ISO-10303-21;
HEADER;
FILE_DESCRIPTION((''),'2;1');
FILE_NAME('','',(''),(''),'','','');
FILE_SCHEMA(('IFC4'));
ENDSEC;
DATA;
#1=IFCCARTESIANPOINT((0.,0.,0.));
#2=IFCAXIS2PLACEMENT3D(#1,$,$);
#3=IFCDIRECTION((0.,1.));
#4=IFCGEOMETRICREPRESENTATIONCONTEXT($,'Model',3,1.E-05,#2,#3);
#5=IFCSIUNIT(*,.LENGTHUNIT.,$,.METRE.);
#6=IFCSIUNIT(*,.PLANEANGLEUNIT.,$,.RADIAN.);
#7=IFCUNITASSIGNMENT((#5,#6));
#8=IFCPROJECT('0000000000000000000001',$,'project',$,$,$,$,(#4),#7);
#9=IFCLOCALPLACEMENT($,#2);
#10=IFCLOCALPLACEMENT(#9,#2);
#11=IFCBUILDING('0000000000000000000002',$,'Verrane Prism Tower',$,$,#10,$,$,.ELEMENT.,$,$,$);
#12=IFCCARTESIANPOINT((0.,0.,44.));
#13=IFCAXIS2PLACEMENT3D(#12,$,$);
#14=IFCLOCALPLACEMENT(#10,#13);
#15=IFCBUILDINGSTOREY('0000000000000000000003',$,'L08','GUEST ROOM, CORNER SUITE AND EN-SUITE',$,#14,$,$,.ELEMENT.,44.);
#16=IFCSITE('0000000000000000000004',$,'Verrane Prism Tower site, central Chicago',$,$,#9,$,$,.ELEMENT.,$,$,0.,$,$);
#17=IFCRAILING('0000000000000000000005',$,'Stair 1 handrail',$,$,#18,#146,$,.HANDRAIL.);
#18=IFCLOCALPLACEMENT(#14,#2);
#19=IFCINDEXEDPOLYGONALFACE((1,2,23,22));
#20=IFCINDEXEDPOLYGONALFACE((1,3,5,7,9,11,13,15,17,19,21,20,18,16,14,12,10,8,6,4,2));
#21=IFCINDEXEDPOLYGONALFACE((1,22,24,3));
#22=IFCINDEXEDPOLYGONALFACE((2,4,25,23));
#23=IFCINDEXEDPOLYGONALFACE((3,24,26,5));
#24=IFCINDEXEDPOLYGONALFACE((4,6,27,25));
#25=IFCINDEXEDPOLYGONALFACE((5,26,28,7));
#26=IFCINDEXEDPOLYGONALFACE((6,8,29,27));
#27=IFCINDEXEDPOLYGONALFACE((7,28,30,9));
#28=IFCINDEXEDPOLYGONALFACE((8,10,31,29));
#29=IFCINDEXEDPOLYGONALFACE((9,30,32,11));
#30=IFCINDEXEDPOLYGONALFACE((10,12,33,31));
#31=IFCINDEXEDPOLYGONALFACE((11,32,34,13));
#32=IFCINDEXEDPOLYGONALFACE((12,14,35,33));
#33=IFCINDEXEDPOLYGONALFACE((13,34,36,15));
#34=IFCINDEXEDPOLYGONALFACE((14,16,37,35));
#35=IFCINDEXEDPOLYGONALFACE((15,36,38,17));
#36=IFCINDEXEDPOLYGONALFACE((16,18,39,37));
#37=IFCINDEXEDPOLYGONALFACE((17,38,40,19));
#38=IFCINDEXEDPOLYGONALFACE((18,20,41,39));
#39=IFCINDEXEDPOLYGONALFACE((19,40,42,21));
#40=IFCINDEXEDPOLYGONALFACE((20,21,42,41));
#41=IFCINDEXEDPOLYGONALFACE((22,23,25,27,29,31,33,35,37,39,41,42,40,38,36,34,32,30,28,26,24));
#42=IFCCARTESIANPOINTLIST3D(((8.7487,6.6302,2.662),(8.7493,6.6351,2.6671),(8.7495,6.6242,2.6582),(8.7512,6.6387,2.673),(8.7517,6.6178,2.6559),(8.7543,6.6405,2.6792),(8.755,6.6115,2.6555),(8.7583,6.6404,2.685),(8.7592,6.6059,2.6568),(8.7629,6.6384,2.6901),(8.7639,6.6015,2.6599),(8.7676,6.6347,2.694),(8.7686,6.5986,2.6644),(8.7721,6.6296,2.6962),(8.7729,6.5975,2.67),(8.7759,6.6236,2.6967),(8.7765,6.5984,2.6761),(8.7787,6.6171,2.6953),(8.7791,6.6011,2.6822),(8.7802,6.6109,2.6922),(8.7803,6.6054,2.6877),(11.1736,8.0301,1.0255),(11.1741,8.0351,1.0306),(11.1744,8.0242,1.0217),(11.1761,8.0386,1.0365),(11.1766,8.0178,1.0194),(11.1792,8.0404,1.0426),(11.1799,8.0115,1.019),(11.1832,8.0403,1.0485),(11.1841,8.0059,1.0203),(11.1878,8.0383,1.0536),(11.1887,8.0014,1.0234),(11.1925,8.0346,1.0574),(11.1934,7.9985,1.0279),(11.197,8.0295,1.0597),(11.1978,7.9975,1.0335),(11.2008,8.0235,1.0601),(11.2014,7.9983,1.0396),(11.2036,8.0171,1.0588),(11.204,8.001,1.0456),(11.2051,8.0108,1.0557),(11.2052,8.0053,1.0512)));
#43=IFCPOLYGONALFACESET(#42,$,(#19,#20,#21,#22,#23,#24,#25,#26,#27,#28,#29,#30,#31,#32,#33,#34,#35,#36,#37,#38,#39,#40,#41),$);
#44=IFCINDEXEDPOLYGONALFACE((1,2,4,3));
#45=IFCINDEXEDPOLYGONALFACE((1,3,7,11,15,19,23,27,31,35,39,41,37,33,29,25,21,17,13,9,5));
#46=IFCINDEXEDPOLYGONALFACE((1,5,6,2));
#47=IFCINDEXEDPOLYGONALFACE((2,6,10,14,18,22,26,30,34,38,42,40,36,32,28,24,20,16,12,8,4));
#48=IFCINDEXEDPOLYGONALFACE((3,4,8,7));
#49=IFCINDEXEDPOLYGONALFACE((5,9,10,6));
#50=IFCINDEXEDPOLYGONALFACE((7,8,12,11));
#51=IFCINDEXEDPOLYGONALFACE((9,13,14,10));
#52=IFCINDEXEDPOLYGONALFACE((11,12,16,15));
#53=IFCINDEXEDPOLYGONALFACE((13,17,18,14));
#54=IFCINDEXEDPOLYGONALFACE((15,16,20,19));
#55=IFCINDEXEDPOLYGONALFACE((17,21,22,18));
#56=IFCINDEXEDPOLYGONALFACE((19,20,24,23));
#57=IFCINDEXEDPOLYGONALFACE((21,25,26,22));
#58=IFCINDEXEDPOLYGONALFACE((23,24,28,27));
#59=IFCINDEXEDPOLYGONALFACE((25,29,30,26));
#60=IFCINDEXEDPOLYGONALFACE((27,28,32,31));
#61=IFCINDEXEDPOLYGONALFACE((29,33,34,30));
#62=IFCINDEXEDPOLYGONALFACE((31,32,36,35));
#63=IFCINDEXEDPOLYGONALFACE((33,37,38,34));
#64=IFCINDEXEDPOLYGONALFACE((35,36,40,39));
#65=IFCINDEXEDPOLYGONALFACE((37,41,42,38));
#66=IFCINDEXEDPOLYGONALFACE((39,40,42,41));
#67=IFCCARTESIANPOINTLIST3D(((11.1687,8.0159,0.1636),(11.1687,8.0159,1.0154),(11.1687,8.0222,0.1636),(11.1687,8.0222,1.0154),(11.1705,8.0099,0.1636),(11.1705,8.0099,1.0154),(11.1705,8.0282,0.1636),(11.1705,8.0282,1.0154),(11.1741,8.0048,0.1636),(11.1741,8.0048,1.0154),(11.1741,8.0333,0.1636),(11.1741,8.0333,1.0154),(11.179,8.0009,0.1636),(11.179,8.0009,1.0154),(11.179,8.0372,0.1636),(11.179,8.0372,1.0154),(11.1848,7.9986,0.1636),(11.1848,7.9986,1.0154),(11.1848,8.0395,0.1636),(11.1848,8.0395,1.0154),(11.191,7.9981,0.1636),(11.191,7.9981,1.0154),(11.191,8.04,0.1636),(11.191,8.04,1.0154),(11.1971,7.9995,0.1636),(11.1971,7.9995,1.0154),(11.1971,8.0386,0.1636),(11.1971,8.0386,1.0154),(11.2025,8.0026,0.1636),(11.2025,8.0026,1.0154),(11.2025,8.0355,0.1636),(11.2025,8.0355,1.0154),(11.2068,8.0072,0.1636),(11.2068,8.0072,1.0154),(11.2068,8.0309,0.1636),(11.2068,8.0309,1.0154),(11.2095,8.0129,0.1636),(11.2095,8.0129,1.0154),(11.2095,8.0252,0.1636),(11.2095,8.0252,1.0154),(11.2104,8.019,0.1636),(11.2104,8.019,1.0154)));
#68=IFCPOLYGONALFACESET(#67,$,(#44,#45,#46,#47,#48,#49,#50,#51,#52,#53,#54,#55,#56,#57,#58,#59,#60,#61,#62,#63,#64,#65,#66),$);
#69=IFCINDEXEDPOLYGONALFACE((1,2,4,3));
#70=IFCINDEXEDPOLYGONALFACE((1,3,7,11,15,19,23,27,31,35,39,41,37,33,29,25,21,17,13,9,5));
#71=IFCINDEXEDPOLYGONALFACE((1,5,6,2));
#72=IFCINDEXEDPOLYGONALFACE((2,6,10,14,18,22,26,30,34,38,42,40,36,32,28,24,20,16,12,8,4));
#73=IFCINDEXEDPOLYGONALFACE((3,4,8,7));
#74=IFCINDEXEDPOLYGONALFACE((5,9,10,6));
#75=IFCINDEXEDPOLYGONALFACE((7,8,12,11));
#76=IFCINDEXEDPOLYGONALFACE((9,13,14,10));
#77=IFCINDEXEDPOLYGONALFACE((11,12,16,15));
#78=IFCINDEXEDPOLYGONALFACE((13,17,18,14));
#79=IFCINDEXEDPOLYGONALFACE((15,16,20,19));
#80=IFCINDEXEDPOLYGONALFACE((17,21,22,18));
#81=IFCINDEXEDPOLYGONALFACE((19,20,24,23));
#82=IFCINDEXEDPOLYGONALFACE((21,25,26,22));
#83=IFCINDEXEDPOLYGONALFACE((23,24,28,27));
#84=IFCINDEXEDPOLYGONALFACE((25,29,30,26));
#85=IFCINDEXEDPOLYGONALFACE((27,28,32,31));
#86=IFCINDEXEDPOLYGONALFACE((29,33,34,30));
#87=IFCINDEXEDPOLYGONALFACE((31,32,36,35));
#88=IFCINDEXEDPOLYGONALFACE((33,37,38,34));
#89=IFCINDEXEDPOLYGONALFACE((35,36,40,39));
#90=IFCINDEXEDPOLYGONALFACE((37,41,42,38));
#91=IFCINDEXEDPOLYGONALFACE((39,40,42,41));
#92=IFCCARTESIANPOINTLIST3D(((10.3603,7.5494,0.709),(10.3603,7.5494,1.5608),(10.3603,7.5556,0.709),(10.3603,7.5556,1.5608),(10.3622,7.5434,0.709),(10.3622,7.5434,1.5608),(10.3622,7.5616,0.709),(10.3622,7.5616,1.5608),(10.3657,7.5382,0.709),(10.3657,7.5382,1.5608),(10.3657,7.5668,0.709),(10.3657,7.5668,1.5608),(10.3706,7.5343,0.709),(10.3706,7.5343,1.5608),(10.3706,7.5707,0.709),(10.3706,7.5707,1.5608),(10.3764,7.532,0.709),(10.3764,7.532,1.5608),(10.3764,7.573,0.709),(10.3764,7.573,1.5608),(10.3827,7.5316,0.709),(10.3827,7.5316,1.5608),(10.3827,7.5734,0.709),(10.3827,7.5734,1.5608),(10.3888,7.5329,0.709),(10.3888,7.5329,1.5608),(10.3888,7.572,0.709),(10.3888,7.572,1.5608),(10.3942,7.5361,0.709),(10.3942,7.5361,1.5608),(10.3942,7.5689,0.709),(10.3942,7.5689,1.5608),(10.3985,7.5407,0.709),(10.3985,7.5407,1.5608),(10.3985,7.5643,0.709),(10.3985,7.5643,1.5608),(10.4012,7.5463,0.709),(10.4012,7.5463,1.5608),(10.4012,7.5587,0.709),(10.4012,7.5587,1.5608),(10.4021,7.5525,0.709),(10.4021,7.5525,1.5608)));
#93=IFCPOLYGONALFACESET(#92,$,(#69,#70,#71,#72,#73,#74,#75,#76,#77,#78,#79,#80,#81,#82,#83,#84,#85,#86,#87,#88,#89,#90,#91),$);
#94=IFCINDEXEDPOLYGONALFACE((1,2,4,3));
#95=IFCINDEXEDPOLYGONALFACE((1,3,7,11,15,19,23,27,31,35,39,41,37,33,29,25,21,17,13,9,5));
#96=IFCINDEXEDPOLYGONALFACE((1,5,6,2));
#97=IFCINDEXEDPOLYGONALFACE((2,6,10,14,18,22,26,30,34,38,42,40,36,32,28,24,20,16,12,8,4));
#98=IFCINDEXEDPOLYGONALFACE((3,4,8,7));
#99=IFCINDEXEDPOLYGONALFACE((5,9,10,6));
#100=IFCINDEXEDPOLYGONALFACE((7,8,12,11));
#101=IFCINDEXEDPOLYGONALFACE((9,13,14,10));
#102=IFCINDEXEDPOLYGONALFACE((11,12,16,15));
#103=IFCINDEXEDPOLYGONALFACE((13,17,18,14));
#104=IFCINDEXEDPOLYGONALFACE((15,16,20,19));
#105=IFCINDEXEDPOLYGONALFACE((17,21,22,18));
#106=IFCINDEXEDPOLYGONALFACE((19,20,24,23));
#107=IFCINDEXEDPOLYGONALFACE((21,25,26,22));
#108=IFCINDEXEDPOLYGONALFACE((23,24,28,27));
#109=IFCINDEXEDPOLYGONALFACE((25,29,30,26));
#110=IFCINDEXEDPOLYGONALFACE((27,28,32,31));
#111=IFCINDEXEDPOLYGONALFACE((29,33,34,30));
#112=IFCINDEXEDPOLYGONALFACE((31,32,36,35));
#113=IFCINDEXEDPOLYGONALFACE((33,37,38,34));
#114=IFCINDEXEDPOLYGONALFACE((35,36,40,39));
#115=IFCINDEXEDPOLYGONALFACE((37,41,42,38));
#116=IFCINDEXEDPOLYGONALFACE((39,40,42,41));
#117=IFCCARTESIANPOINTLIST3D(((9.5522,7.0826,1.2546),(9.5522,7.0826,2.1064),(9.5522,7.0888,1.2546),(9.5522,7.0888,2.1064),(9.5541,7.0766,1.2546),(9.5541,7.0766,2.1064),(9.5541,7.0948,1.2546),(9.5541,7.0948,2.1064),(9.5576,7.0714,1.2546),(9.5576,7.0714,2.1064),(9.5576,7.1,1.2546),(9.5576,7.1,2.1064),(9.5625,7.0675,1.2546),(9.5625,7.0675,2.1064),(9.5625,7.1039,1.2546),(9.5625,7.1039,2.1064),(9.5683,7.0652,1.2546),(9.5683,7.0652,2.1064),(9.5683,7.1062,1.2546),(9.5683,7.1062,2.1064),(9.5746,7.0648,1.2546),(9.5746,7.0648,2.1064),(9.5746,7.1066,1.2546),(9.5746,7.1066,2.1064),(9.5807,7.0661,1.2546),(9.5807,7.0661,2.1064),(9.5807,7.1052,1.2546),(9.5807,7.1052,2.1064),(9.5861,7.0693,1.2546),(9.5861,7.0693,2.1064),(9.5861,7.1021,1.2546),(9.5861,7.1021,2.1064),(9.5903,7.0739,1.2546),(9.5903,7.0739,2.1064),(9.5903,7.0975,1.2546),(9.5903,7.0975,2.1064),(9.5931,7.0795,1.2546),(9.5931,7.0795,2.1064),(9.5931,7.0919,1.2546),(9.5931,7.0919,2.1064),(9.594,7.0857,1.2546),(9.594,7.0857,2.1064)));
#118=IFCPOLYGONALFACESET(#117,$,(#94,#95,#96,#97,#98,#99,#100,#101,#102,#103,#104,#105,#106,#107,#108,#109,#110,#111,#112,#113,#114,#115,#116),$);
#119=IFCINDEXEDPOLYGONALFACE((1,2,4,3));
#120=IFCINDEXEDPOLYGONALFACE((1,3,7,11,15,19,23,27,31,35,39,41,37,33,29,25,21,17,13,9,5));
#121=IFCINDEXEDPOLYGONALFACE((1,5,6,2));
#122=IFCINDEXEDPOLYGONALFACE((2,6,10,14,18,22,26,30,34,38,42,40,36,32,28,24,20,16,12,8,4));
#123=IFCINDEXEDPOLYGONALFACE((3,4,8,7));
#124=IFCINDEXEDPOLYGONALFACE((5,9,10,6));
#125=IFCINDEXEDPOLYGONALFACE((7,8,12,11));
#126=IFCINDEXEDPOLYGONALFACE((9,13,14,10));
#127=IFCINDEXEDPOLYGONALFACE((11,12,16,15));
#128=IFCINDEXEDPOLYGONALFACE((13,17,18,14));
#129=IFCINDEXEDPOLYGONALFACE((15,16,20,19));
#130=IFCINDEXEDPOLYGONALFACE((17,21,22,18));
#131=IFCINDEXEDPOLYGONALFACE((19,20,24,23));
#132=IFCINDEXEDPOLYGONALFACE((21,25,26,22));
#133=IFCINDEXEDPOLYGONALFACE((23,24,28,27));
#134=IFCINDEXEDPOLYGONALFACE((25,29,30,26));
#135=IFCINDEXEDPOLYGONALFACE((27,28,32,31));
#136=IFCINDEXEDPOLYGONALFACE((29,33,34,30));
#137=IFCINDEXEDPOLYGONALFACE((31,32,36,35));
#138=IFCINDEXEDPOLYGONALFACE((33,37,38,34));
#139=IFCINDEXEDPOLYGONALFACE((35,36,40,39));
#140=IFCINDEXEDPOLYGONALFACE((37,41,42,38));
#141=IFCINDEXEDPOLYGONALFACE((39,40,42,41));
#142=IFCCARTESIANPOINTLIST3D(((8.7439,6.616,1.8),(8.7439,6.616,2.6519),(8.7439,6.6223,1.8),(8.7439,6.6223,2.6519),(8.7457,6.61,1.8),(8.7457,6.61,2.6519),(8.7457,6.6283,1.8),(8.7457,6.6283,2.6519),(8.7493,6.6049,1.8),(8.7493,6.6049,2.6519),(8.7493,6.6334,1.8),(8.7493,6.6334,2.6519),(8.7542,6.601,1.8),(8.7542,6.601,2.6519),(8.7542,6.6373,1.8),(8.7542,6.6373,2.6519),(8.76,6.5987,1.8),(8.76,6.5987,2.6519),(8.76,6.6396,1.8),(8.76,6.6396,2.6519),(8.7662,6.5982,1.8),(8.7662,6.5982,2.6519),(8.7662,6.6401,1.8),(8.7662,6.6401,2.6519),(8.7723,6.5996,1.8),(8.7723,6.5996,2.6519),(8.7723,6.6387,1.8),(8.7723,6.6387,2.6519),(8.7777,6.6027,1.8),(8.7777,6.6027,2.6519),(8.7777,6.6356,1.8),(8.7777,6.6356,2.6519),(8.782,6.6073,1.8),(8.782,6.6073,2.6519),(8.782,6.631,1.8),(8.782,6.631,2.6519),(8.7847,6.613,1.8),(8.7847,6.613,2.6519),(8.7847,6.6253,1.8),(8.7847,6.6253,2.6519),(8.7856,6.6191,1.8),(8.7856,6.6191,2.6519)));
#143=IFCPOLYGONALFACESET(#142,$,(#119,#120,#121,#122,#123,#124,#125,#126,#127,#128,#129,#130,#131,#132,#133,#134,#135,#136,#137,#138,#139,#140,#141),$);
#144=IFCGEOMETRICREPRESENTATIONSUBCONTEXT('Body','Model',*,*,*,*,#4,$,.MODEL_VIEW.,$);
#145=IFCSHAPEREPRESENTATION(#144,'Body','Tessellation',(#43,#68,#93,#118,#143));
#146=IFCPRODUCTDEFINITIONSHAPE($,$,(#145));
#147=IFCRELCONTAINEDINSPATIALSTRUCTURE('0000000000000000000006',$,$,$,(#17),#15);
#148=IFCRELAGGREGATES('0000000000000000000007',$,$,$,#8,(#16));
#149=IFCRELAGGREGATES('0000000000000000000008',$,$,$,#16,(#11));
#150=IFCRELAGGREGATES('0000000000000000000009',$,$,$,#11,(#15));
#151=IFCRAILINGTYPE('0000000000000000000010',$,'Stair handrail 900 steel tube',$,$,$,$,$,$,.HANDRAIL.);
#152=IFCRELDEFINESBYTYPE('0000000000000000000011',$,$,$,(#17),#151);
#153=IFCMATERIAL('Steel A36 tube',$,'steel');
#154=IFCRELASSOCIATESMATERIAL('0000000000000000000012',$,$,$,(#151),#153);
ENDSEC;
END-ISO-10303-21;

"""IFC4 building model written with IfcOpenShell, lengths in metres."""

from ifc_helpers import new_model, si_unit, direction, frame, origin, origin_2d, place, context, subcontext, project, spatial, circle, extrude, material, type_object, element, save


model = new_model("IFC4")

# Units and contexts
model_context = context("Model", 3, precision=1e-05, world=origin(), true_north=direction((0.0, 1.0)))
body_context = subcontext(model_context, "Body", "Model", "MODEL_VIEW")
ifc_project = project(units=[si_unit("LENGTHUNIT", "METRE"), si_unit("PLANEANGLEUNIT", "RADIAN")], contexts=[model_context])

# Site, building, storey
site_placement = place(None, origin())
site = spatial("IfcSite", under=ifc_project, at=site_placement, Name="Verrane Prism Tower site, central Chicago", CompositionType="ELEMENT", RefElevation=0.0)
building_placement = place(site_placement, origin())
building = spatial("IfcBuilding", under=site, at=building_placement, Name="Verrane Prism Tower", CompositionType="ELEMENT")
storey_placement = place(building_placement, frame((0.0, 0.0, 44.0)))
storey = spatial("IfcBuildingStorey", under=building, at=storey_placement, Name="L08", Description="GUEST ROOM, CORNER SUITE AND EN-SUITE", CompositionType="ELEMENT", Elevation=44.0)

# Railing
ifc_material_1 = material(Name="Steel A36 tube", Category="steel")
railing_type_1 = type_object("IfcRailingType", Name="Stair handrail 900 steel tube", PredefinedType="HANDRAIL", material=ifc_material_1)
railing_1_placement = place(storey_placement, frame((11.1895, 8.019, 0.1636)))
element("IfcRailing", 1, at=railing_1_placement, inside=storey, type_object=railing_type_1, Name="Stair 1 handrail", PredefinedType="HANDRAIL", context=body_context, shape_type="SweptSolid", body=[
    extrude(circle(Radius=0.0239, at=origin_2d()), frame((0.0, 0.0, 0.876), z_axis=(-0.74769, -0.431661, 0.504608), x_axis=(0.499984, -0.866035, 0.0)), (0.0, 0.0, 1.0), 3.2432),
    extrude(circle(Radius=0.021, at=origin_2d()), origin(), (0.0, 0.0, 1.0), 0.8518),
    extrude(circle(Radius=0.021, at=origin_2d()), frame((-0.8083, -0.4666, 0.5454)), (0.0, 0.0, 1.0), 0.8518),
    extrude(circle(Radius=0.021, at=origin_2d()), frame((-1.6165, -0.9333, 1.0911)), (0.0, 0.0, 1.0), 0.8518),
    extrude(circle(Radius=0.021, at=origin_2d()), frame((-2.4248, -1.3999, 1.6365)), (0.0, 0.0, 1.0), 0.8518),
])

save(model, "model.ifc")
